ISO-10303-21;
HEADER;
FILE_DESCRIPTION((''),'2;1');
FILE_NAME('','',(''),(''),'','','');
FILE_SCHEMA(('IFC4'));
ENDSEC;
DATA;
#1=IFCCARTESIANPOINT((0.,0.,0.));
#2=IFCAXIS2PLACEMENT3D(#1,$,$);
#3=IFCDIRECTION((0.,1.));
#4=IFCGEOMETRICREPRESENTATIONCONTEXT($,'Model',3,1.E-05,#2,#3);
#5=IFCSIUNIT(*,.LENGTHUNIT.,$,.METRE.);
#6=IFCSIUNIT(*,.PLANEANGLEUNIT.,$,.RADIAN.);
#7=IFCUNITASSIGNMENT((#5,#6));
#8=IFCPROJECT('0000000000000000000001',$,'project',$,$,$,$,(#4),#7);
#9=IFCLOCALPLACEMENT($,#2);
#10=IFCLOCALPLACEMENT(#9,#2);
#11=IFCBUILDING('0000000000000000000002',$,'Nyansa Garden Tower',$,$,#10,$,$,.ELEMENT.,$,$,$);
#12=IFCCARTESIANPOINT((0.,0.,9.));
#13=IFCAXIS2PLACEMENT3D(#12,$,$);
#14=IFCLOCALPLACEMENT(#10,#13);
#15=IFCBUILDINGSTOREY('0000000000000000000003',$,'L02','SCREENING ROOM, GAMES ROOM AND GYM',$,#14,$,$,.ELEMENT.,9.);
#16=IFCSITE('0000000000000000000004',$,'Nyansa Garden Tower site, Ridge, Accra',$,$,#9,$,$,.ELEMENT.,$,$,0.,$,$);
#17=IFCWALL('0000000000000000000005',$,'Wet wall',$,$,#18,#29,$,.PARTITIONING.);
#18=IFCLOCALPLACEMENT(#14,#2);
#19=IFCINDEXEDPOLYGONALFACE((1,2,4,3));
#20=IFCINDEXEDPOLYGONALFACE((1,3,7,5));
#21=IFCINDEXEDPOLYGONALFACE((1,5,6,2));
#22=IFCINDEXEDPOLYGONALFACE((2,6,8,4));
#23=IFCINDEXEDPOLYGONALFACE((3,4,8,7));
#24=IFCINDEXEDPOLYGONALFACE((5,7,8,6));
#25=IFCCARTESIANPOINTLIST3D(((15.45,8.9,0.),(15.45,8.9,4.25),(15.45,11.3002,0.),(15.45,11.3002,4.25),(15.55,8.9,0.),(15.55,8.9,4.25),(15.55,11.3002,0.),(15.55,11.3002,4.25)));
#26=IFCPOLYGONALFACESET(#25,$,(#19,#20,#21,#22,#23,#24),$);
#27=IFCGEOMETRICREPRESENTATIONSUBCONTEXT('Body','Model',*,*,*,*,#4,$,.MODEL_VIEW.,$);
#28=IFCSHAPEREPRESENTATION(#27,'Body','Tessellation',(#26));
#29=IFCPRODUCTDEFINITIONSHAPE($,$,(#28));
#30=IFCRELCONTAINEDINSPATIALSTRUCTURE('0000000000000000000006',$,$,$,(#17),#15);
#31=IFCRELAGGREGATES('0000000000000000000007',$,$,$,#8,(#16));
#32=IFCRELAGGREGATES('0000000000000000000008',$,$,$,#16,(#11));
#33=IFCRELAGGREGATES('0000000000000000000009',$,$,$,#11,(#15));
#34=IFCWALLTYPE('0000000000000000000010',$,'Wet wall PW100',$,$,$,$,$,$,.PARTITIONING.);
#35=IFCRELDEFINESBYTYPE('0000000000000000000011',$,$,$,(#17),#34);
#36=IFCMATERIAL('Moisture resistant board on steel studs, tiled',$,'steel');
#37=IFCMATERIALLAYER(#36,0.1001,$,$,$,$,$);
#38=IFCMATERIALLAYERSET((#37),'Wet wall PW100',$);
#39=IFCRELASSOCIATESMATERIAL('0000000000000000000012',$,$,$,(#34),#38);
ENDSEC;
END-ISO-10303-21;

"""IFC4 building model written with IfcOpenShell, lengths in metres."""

from ifc_helpers import new_model, si_unit, direction, frame, frame_2d, origin, place, context, subcontext, project, spatial, rectangle, extrude, material, layer, layer_set, type_object, element, save


model = new_model("IFC4")

# Units and contexts
model_context = context("Model", 3, precision=1e-05, world=origin(), true_north=direction((0.0, 1.0)))
body_context = subcontext(model_context, "Body", "Model", "MODEL_VIEW")
ifc_project = project(units=[si_unit("LENGTHUNIT", "METRE"), si_unit("PLANEANGLEUNIT", "RADIAN")], contexts=[model_context])

# Site, building, storey
site_placement = place(None, origin())
site = spatial("IfcSite", under=ifc_project, at=site_placement, Name="Nyansa Garden Tower site, Ridge, Accra", CompositionType="ELEMENT", RefElevation=0.0)
building_placement = place(site_placement, origin())
building = spatial("IfcBuilding", under=site, at=building_placement, Name="Nyansa Garden Tower", CompositionType="ELEMENT")
storey_placement = place(building_placement, frame((0.0, 0.0, 9.0)))
storey = spatial("IfcBuildingStorey", under=building, at=storey_placement, Name="L02", Description="SCREENING ROOM, GAMES ROOM AND GYM", CompositionType="ELEMENT", Elevation=9.0)

# Wall
ifc_material_1 = material(Name="Moisture resistant board on steel studs, tiled", Category="steel")
ifc_layer_1 = layer(ifc_material_1, 0.1001)
ifc_layer_set_1 = layer_set([ifc_layer_1], Name="Wet wall PW100")
wall_type_1 = type_object("IfcWallType", Name="Wet wall PW100", PredefinedType="PARTITIONING", material=ifc_layer_set_1)
wall_1_placement = place(storey_placement, frame((15.5, 8.8999, 0.0), z_axis=(0.0, 0.0, 1.0), x_axis=(0.0, 1.0, 0.0)))
element("IfcWall", 1, at=wall_1_placement, inside=storey, type_object=wall_type_1, Name="Wet wall", PredefinedType="PARTITIONING", context=body_context, shape_type="SweptSolid", body=[
    extrude(rectangle(XDim=2.4001, YDim=0.1001, at=frame_2d((1.2002, 0.0))), origin(), (0.0, 0.0, 1.0), 4.25),
])

save(model, "model.ifc")
